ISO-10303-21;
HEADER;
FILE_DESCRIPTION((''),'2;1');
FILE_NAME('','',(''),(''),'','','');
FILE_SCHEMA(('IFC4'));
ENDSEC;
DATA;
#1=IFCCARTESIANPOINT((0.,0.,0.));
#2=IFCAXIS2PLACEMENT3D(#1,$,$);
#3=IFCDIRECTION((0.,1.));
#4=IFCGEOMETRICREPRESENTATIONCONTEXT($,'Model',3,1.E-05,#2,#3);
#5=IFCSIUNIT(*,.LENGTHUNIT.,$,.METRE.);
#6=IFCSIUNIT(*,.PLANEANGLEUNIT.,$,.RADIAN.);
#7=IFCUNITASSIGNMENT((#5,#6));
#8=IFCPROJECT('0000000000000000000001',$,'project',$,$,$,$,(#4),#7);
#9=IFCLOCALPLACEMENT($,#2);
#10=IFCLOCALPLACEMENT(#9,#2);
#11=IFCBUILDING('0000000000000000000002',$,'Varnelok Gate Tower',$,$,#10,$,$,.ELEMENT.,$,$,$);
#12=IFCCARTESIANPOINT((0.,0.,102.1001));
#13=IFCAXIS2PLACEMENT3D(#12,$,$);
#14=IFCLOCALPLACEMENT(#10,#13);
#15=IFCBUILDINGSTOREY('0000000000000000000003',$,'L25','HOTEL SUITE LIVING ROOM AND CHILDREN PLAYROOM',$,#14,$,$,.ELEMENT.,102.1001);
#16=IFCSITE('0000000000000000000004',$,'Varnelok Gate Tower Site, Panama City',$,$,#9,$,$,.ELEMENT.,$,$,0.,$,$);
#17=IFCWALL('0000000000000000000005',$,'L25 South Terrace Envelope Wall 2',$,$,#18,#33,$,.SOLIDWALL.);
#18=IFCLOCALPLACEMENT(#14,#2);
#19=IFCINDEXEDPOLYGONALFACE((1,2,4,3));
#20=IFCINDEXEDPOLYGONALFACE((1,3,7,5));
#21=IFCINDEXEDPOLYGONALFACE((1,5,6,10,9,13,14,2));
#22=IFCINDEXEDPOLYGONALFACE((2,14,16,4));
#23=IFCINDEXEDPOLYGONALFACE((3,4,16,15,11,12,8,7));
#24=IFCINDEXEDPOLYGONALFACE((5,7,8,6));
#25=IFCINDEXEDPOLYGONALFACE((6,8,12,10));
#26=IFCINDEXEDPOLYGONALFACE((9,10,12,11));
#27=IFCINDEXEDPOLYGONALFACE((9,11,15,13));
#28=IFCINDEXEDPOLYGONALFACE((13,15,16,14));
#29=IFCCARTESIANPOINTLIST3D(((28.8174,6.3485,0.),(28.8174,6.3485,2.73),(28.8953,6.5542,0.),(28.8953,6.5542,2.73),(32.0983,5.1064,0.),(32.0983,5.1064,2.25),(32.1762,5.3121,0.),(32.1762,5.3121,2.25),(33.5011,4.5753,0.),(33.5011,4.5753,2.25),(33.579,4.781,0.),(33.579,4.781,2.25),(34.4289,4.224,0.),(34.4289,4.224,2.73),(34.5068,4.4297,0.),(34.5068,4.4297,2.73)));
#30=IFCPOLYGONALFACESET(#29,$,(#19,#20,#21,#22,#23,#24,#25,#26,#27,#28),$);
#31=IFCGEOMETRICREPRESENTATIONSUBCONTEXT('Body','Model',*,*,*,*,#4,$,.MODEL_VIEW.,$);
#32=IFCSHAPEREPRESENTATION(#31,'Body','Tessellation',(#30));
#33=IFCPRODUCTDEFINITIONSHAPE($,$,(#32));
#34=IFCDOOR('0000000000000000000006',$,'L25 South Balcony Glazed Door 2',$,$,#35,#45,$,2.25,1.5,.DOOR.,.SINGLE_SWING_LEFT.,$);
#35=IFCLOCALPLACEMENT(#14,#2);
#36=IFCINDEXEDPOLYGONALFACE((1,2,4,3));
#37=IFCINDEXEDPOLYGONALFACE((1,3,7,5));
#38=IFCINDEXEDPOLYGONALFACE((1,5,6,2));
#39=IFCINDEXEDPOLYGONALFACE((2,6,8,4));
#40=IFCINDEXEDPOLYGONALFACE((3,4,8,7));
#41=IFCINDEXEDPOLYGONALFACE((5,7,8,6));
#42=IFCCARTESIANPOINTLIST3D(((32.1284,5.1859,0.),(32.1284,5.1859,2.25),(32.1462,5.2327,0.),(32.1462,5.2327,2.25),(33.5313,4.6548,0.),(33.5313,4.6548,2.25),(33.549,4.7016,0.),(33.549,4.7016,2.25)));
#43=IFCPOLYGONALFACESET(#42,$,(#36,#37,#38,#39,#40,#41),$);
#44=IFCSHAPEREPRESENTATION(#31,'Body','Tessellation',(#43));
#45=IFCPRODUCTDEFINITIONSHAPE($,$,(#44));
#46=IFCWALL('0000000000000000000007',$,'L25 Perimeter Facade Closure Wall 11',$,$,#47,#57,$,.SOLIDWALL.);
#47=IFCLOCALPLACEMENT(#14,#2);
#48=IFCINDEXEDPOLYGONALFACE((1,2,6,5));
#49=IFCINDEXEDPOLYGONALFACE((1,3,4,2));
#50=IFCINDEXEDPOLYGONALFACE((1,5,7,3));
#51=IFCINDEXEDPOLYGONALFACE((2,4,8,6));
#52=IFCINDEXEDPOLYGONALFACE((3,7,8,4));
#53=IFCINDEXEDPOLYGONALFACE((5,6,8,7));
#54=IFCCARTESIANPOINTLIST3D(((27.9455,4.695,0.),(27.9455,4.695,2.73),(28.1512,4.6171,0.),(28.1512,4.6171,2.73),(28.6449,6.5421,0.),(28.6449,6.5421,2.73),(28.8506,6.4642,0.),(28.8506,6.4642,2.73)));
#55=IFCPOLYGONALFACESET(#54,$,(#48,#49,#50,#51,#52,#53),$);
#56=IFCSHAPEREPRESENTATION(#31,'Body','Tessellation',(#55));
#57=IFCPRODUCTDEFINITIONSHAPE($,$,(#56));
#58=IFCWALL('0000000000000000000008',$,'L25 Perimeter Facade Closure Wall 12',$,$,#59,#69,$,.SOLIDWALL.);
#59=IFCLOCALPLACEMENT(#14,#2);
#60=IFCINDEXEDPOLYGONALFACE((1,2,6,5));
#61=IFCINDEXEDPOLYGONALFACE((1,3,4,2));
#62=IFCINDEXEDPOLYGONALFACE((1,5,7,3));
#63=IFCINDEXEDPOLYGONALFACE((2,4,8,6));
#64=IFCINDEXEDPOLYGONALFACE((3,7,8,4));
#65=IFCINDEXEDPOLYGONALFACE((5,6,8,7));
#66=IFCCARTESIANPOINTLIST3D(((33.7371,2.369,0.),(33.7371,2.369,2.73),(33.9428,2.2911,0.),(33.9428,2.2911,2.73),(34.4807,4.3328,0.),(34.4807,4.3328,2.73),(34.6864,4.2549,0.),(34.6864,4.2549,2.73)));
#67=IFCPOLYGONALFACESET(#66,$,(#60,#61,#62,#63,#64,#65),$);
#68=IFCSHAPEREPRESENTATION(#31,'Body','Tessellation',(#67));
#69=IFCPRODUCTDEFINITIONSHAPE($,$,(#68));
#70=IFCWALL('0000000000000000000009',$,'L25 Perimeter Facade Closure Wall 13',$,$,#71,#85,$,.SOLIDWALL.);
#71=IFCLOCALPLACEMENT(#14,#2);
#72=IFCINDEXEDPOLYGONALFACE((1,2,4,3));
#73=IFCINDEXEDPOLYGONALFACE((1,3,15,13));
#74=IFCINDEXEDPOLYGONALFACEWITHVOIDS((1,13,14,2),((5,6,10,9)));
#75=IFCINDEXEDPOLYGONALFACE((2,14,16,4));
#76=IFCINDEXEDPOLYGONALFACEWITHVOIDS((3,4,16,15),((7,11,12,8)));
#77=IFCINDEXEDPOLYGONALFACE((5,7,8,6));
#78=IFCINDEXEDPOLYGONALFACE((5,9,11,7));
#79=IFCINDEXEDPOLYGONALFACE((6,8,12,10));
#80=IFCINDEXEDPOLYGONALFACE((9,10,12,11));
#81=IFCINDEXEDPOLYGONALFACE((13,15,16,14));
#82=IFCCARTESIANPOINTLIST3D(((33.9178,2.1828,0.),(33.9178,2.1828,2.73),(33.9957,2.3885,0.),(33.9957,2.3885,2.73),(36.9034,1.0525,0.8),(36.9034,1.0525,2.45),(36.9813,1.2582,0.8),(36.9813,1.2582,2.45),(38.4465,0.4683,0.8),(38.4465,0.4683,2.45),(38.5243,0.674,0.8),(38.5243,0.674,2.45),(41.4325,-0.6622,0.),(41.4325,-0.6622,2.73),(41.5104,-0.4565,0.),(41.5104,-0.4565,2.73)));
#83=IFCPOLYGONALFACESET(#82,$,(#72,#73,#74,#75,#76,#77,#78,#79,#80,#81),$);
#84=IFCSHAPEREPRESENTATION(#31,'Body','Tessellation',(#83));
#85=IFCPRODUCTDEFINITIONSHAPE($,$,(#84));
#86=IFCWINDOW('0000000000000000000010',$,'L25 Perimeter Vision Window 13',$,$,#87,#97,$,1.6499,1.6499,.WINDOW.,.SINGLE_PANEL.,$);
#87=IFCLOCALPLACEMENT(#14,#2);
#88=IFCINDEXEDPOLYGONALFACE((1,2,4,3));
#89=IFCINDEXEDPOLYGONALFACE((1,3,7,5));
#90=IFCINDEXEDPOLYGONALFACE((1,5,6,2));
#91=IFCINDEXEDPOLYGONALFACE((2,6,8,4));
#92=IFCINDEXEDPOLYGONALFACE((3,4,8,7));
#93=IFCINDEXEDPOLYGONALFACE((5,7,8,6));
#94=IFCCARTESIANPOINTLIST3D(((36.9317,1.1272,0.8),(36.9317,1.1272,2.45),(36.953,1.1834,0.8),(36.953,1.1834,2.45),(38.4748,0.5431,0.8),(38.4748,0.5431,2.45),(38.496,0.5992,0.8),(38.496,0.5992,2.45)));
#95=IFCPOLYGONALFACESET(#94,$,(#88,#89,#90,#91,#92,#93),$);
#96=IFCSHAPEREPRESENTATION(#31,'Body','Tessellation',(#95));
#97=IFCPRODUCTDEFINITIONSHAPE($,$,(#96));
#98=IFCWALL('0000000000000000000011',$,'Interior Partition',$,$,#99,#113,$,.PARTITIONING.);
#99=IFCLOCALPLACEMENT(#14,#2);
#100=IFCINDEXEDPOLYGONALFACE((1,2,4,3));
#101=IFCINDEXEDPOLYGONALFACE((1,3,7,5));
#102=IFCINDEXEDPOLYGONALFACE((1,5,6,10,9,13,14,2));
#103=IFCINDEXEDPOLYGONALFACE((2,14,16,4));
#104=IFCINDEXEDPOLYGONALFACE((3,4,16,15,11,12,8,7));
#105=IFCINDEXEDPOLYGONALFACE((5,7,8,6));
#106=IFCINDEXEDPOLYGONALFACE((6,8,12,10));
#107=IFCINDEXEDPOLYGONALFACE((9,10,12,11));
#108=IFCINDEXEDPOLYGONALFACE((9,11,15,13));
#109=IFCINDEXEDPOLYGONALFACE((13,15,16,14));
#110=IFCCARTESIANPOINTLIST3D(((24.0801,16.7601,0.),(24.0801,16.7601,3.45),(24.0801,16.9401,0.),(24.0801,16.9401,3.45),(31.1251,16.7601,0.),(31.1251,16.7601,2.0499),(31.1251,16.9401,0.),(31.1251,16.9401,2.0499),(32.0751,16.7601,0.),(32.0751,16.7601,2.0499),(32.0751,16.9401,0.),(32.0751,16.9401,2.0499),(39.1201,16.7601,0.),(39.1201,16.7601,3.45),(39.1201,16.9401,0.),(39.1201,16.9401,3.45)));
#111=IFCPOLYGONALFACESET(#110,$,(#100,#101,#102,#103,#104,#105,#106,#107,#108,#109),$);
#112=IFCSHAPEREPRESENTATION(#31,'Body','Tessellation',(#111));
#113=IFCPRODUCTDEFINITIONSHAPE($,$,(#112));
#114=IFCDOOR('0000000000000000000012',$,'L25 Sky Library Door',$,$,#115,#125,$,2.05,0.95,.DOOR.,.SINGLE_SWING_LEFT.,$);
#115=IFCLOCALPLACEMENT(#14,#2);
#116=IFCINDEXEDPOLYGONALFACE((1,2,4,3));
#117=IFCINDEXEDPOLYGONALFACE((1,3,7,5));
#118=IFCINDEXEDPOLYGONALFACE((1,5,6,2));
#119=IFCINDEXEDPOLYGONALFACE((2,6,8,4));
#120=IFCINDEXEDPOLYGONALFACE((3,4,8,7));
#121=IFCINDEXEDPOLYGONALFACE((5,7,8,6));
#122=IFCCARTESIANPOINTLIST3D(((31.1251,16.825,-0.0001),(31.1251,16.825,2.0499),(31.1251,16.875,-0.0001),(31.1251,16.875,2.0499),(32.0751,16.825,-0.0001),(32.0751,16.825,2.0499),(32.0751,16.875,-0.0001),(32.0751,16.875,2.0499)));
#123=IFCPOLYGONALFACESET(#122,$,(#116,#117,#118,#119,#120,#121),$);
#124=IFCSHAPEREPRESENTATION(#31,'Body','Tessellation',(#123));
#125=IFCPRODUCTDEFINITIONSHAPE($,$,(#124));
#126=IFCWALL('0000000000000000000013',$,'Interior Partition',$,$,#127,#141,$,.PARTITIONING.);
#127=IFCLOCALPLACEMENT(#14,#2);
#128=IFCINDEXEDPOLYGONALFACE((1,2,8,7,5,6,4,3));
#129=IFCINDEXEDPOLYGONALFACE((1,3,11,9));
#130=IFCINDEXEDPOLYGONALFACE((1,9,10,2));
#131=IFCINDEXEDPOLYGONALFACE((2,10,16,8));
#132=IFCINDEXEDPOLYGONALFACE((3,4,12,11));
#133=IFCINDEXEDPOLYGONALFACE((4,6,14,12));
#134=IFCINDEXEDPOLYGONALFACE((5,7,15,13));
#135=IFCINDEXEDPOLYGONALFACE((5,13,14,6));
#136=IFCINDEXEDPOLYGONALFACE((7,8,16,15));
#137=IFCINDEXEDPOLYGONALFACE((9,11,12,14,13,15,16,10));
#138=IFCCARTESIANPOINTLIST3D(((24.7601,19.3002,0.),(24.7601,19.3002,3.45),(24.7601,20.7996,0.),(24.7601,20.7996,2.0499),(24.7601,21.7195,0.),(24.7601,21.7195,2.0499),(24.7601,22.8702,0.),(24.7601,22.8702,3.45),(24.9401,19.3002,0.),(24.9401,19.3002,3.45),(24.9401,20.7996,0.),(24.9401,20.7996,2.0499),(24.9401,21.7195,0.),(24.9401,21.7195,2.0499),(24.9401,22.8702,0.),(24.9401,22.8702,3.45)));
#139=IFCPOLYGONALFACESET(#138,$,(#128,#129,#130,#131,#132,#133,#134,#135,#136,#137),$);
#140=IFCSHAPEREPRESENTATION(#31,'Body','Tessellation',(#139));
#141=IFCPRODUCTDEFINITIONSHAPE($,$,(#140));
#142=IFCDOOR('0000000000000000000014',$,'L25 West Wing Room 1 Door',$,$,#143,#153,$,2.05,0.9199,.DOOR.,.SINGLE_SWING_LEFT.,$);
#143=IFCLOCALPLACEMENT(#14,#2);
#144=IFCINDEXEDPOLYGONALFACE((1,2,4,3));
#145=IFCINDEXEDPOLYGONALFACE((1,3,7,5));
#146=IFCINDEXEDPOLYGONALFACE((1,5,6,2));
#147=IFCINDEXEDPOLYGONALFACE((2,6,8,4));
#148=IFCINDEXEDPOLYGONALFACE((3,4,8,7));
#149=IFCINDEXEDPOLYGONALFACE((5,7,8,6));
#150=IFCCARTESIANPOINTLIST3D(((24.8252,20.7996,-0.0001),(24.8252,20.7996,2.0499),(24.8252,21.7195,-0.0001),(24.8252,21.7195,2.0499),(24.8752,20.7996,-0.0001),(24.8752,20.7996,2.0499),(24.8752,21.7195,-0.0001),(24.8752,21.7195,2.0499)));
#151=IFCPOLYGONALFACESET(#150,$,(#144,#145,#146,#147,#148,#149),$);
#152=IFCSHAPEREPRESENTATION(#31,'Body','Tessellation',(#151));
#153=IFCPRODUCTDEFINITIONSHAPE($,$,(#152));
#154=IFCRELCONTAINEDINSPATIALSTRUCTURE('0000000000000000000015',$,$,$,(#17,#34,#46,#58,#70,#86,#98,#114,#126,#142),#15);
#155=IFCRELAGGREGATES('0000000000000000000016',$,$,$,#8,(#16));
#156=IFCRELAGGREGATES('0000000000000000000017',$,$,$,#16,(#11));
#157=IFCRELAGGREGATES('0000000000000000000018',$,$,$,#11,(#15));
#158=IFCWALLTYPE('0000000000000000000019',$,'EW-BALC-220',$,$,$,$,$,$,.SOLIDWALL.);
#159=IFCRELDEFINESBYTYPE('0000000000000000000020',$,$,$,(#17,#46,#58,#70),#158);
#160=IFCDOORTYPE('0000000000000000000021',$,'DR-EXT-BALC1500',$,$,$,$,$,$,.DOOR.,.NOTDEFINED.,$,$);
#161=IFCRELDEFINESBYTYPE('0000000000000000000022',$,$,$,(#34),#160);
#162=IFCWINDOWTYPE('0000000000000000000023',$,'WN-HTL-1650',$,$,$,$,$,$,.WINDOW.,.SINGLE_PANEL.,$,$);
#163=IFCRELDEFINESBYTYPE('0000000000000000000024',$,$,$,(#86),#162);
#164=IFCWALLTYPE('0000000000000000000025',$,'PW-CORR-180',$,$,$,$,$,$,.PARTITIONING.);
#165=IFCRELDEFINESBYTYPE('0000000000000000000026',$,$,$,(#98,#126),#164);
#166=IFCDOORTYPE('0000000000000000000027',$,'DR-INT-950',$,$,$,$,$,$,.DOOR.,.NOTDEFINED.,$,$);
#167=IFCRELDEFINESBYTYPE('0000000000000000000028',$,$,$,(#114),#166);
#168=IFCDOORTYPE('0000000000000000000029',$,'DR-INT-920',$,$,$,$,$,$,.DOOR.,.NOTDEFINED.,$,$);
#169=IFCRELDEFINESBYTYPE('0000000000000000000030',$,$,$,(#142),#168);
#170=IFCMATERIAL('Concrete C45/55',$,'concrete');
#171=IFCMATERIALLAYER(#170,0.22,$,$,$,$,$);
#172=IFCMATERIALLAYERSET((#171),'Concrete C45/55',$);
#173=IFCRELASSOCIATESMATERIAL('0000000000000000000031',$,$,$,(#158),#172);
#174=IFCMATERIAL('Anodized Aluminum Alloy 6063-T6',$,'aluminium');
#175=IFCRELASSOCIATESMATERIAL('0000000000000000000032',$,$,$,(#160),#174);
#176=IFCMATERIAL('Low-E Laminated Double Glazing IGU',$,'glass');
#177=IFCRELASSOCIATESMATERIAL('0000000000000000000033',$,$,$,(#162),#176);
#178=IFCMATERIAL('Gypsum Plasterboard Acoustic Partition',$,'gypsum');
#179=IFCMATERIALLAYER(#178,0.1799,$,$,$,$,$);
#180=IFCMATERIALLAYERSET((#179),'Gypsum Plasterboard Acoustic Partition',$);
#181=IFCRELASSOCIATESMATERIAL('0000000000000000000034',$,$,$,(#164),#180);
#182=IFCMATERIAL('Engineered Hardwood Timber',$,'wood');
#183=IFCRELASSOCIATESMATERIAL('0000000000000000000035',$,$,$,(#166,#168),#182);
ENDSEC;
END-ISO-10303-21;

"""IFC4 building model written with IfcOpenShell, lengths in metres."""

from ifc_helpers import new_model, si_unit, direction, frame, frame_2d, origin, place, context, subcontext, project, spatial, rectangle, extrude, material, layer, layer_set, type_object, element, fill, save


model = new_model("IFC4")

# Units and contexts
model_context = context("Model", 3, precision=1e-05, world=origin(), true_north=direction((0.0, 1.0)))
body_context = subcontext(model_context, "Body", "Model", "MODEL_VIEW")
ifc_project = project(units=[si_unit("LENGTHUNIT", "METRE"), si_unit("PLANEANGLEUNIT", "RADIAN")], contexts=[model_context])

# Site, building, storey
site_placement = place(None, origin())
site = spatial("IfcSite", under=ifc_project, at=site_placement, Name="Varnelok Gate Tower Site, Panama City", CompositionType="ELEMENT", RefElevation=0.0)
building_placement = place(site_placement, origin())
building = spatial("IfcBuilding", under=site, at=building_placement, Name="Varnelok Gate Tower", CompositionType="ELEMENT")
storey_placement = place(building_placement, frame((0.0, 0.0, 102.1001)))
storey = spatial("IfcBuildingStorey", under=building, at=storey_placement, Name="L25", Description="HOTEL SUITE LIVING ROOM AND CHILDREN PLAYROOM", CompositionType="ELEMENT", Elevation=102.1001)

# Wall, opening, door
ifc_material_1 = material(Name="Concrete C45/55", Category="concrete")
ifc_layer_1 = layer(ifc_material_1, 0.22)
ifc_layer_set_1 = layer_set([ifc_layer_1], Name="Concrete C45/55")
wall_type_1 = type_object("IfcWallType", Name="EW-BALC-220", PredefinedType="SOLIDWALL", material=ifc_layer_set_1)
wall_1_placement = place(storey_placement, frame((34.4678, 4.3269, 0.0), z_axis=(0.0, 0.0, 1.0), x_axis=(-0.935219, 0.354069, 0.0)))
wall_1 = element("IfcWall", 1, at=wall_1_placement, inside=storey, type_object=wall_type_1, Name="L25 South Terrace Envelope Wall 2", PredefinedType="SOLIDWALL", context=body_context, shape_type="SweptSolid", body=[
    extrude(rectangle(XDim=6.0002, YDim=0.22, at=frame_2d((3.0, 0.0))), origin(), (0.0, 0.0, 1.0), 2.73),
])
opening_1_placement = place(wall_1_placement, frame((0.9919, 0.0, 0.0)))
opening_1 = element("IfcOpeningElement", 2, at=opening_1_placement, cuts=wall_1, PredefinedType="OPENING", context=body_context, shape_type="SweptSolid", body=[
    extrude(rectangle(XDim=1.5, YDim=2.25, at=frame_2d((0.75, 1.125))), frame((0.0, 0.1199, 0.0), z_axis=(0.0, -1.0, 0.0), x_axis=(1.0, 0.0, 0.0)), (0.0, 0.0, 1.0), 0.24),
])
ifc_material_2 = material(Name="Anodized Aluminum Alloy 6063-T6", Category="aluminium")
door_type_1 = type_object("IfcDoorType", Name="DR-EXT-BALC1500", OperationType="NOTDEFINED", PredefinedType="DOOR", material=ifc_material_2)
door_1_placement = place(opening_1_placement, origin())
door_1 = element("IfcDoor", 3, at=door_1_placement, inside=storey, type_object=door_type_1, Name="L25 South Balcony Glazed Door 2", OperationType="SINGLE_SWING_LEFT", OverallHeight=2.25, OverallWidth=1.5, PredefinedType="DOOR", context=body_context, shape_type="SweptSolid", body=[
    extrude(rectangle(XDim=1.5, YDim=2.25, at=frame_2d((0.75, 1.125))), frame((0.0, 0.0249, 0.0), z_axis=(0.0, -1.0, 0.0), x_axis=(1.0, 0.0, 0.0)), (0.0, 0.0, 1.0), 0.05),
])
fill(opening_1, door_1)

# Walls
wall_2_placement = place(storey_placement, frame((28.0483, 4.656, 0.0), z_axis=(0.0, 0.0, 1.0), x_axis=(0.354129, 0.935197, 0.0)))
element("IfcWall", 4, at=wall_2_placement, inside=storey, type_object=wall_type_1, Name="L25 Perimeter Facade Closure Wall 11", PredefinedType="SOLIDWALL", context=body_context, shape_type="SweptSolid", body=[
    extrude(rectangle(XDim=1.9751, YDim=0.22, at=frame_2d((0.9875, 0.0))), origin(), (0.0, 0.0, 1.0), 2.73),
])
wall_3_placement = place(storey_placement, frame((34.5835, 4.2937, 0.0), z_axis=(0.0, 0.0, 1.0), x_axis=(-0.354128, -0.935197, 0.0)))
element("IfcWall", 5, at=wall_3_placement, inside=storey, type_object=wall_type_1, Name="L25 Perimeter Facade Closure Wall 12", PredefinedType="SOLIDWALL", context=body_context, shape_type="SweptSolid", body=[
    extrude(rectangle(XDim=2.0999, YDim=0.22, at=frame_2d((1.0498, 0.0))), origin(), (0.0, 0.0, 1.0), 2.73),
])

# Wall, opening, window
wall_4_placement = place(storey_placement, frame((33.9568, 2.2856, 0.0), z_axis=(0.0, 0.0, 1.0), x_axis=(0.935221, -0.354065, 0.0)))
wall_4 = element("IfcWall", 6, at=wall_4_placement, inside=storey, type_object=wall_type_1, Name="L25 Perimeter Facade Closure Wall 13", PredefinedType="SOLIDWALL", context=body_context, shape_type="SweptSolid", body=[
    extrude(rectangle(XDim=8.0352, YDim=0.22, at=frame_2d((4.0176, 0.0))), origin(), (0.0, 0.0, 1.0), 2.73),
])
opening_2_placement = place(wall_4_placement, frame((3.1924, 0.0, 0.8)))
opening_2 = element("IfcOpeningElement", 7, at=opening_2_placement, cuts=wall_4, PredefinedType="OPENING", context=body_context, shape_type="SweptSolid", body=[
    extrude(rectangle(XDim=1.6499, YDim=1.6499, at=frame_2d((0.825, 0.825))), frame((0.0, 0.1199, 0.0), z_axis=(0.0, -1.0, 0.0), x_axis=(1.0, 0.0, 0.0)), (0.0, 0.0, 1.0), 0.24),
])
ifc_material_3 = material(Name="Low-E Laminated Double Glazing IGU", Category="glass")
window_type = type_object("IfcWindowType", Name="WN-HTL-1650", PartitioningType="SINGLE_PANEL", PredefinedType="WINDOW", material=ifc_material_3)
window_placement = place(opening_2_placement, origin())
window = element("IfcWindow", 8, at=window_placement, inside=storey, type_object=window_type, Name="L25 Perimeter Vision Window 13", OverallHeight=1.6499, OverallWidth=1.6499, PartitioningType="SINGLE_PANEL", PredefinedType="WINDOW", context=body_context, shape_type="SweptSolid", body=[
    extrude(rectangle(XDim=1.6499, YDim=1.6499, at=frame_2d((0.825, 0.825))), frame((0.0, 0.03, 0.0), z_axis=(0.0, -1.0, 0.0), x_axis=(1.0, 0.0, 0.0)), (0.0, 0.0, 1.0), 0.0601),
])
fill(opening_2, window)

# Walls, openings, doors
ifc_material_4 = material(Name="Gypsum Plasterboard Acoustic Partition", Category="gypsum")
ifc_layer_2 = layer(ifc_material_4, 0.1799)
ifc_layer_set_2 = layer_set([ifc_layer_2], Name="Gypsum Plasterboard Acoustic Partition")
wall_type_2 = type_object("IfcWallType", Name="PW-CORR-180", PredefinedType="PARTITIONING", material=ifc_layer_set_2)
wall_5_placement = place(storey_placement, frame((24.0801, 16.8501, 0.0), z_axis=(0.0, 0.0, 1.0), x_axis=(1.0, 0.0, 0.0)))
wall_5 = element("IfcWall", 9, at=wall_5_placement, inside=storey, type_object=wall_type_2, Name="Interior Partition", PredefinedType="PARTITIONING", context=body_context, shape_type="SweptSolid", body=[
    extrude(rectangle(XDim=15.04, YDim=0.1799, at=frame_2d((7.52, 0.0))), origin(), (0.0, 0.0, 1.0), 3.45),
])
opening_3_placement = place(wall_5_placement, frame((7.0449, 0.0, 0.0)))
opening_3 = element("IfcOpeningElement", 10, at=opening_3_placement, cuts=wall_5, PredefinedType="OPENING", context=body_context, shape_type="SweptSolid", body=[
    extrude(rectangle(XDim=0.95, YDim=2.05, at=frame_2d((0.4751, 1.0249))), frame((0.0, 0.0999, 0.0), z_axis=(0.0, -1.0, 0.0), x_axis=(1.0, 0.0, 0.0)), (0.0, 0.0, 1.0), 0.2),
])
ifc_material_5 = material(Name="Engineered Hardwood Timber", Category="wood")
door_type_2 = type_object("IfcDoorType", Name="DR-INT-950", OperationType="NOTDEFINED", PredefinedType="DOOR", material=ifc_material_5)
door_2_placement = place(opening_3_placement, origin())
door_2 = element("IfcDoor", 11, at=door_2_placement, inside=storey, type_object=door_type_2, Name="L25 Sky Library Door", OperationType="SINGLE_SWING_LEFT", OverallHeight=2.05, OverallWidth=0.95, PredefinedType="DOOR", context=body_context, shape_type="SweptSolid", body=[
    extrude(rectangle(XDim=0.95, YDim=2.05, at=frame_2d((0.4751, 1.0249))), frame((0.0, 0.0249, 0.0), z_axis=(0.0, -1.0, 0.0), x_axis=(1.0, 0.0, 0.0)), (0.0, 0.0, 1.0), 0.05),
])
fill(opening_3, door_2)
wall_6_placement = place(storey_placement, frame((24.8501, 19.3, 0.0), z_axis=(0.0, 0.0, 1.0), x_axis=(0.0, 1.0, 0.0)))
wall_6 = element("IfcWall", 12, at=wall_6_placement, inside=storey, type_object=wall_type_2, Name="Interior Partition", PredefinedType="PARTITIONING", context=body_context, shape_type="SweptSolid", body=[
    extrude(rectangle(XDim=3.5701, YDim=0.1799, at=frame_2d((1.7852, 0.0))), origin(), (0.0, 0.0, 1.0), 3.45),
])
opening_4_placement = place(wall_6_placement, frame((1.4995, 0.0, 0.0)))
opening_4 = element("IfcOpeningElement", 13, at=opening_4_placement, cuts=wall_6, PredefinedType="OPENING", context=body_context, shape_type="SweptSolid", body=[
    extrude(rectangle(XDim=0.9199, YDim=2.05, at=frame_2d((0.46, 1.0249))), frame((0.0, 0.0999, 0.0), z_axis=(0.0, -1.0, 0.0), x_axis=(1.0, 0.0, 0.0)), (0.0, 0.0, 1.0), 0.2),
])
door_type_3 = type_object("IfcDoorType", Name="DR-INT-920", OperationType="NOTDEFINED", PredefinedType="DOOR", material=ifc_material_5)
door_3_placement = place(opening_4_placement, origin())
door_3 = element("IfcDoor", 14, at=door_3_placement, inside=storey, type_object=door_type_3, Name="L25 West Wing Room 1 Door", OperationType="SINGLE_SWING_LEFT", OverallHeight=2.05, OverallWidth=0.9199, PredefinedType="DOOR", context=body_context, shape_type="SweptSolid", body=[
    extrude(rectangle(XDim=0.9199, YDim=2.05, at=frame_2d((0.46, 1.0249))), frame((0.0, 0.0249, 0.0), z_axis=(0.0, -1.0, 0.0), x_axis=(1.0, 0.0, 0.0)), (0.0, 0.0, 1.0), 0.05),
])
fill(opening_4, door_3)

save(model, "model.ifc")
